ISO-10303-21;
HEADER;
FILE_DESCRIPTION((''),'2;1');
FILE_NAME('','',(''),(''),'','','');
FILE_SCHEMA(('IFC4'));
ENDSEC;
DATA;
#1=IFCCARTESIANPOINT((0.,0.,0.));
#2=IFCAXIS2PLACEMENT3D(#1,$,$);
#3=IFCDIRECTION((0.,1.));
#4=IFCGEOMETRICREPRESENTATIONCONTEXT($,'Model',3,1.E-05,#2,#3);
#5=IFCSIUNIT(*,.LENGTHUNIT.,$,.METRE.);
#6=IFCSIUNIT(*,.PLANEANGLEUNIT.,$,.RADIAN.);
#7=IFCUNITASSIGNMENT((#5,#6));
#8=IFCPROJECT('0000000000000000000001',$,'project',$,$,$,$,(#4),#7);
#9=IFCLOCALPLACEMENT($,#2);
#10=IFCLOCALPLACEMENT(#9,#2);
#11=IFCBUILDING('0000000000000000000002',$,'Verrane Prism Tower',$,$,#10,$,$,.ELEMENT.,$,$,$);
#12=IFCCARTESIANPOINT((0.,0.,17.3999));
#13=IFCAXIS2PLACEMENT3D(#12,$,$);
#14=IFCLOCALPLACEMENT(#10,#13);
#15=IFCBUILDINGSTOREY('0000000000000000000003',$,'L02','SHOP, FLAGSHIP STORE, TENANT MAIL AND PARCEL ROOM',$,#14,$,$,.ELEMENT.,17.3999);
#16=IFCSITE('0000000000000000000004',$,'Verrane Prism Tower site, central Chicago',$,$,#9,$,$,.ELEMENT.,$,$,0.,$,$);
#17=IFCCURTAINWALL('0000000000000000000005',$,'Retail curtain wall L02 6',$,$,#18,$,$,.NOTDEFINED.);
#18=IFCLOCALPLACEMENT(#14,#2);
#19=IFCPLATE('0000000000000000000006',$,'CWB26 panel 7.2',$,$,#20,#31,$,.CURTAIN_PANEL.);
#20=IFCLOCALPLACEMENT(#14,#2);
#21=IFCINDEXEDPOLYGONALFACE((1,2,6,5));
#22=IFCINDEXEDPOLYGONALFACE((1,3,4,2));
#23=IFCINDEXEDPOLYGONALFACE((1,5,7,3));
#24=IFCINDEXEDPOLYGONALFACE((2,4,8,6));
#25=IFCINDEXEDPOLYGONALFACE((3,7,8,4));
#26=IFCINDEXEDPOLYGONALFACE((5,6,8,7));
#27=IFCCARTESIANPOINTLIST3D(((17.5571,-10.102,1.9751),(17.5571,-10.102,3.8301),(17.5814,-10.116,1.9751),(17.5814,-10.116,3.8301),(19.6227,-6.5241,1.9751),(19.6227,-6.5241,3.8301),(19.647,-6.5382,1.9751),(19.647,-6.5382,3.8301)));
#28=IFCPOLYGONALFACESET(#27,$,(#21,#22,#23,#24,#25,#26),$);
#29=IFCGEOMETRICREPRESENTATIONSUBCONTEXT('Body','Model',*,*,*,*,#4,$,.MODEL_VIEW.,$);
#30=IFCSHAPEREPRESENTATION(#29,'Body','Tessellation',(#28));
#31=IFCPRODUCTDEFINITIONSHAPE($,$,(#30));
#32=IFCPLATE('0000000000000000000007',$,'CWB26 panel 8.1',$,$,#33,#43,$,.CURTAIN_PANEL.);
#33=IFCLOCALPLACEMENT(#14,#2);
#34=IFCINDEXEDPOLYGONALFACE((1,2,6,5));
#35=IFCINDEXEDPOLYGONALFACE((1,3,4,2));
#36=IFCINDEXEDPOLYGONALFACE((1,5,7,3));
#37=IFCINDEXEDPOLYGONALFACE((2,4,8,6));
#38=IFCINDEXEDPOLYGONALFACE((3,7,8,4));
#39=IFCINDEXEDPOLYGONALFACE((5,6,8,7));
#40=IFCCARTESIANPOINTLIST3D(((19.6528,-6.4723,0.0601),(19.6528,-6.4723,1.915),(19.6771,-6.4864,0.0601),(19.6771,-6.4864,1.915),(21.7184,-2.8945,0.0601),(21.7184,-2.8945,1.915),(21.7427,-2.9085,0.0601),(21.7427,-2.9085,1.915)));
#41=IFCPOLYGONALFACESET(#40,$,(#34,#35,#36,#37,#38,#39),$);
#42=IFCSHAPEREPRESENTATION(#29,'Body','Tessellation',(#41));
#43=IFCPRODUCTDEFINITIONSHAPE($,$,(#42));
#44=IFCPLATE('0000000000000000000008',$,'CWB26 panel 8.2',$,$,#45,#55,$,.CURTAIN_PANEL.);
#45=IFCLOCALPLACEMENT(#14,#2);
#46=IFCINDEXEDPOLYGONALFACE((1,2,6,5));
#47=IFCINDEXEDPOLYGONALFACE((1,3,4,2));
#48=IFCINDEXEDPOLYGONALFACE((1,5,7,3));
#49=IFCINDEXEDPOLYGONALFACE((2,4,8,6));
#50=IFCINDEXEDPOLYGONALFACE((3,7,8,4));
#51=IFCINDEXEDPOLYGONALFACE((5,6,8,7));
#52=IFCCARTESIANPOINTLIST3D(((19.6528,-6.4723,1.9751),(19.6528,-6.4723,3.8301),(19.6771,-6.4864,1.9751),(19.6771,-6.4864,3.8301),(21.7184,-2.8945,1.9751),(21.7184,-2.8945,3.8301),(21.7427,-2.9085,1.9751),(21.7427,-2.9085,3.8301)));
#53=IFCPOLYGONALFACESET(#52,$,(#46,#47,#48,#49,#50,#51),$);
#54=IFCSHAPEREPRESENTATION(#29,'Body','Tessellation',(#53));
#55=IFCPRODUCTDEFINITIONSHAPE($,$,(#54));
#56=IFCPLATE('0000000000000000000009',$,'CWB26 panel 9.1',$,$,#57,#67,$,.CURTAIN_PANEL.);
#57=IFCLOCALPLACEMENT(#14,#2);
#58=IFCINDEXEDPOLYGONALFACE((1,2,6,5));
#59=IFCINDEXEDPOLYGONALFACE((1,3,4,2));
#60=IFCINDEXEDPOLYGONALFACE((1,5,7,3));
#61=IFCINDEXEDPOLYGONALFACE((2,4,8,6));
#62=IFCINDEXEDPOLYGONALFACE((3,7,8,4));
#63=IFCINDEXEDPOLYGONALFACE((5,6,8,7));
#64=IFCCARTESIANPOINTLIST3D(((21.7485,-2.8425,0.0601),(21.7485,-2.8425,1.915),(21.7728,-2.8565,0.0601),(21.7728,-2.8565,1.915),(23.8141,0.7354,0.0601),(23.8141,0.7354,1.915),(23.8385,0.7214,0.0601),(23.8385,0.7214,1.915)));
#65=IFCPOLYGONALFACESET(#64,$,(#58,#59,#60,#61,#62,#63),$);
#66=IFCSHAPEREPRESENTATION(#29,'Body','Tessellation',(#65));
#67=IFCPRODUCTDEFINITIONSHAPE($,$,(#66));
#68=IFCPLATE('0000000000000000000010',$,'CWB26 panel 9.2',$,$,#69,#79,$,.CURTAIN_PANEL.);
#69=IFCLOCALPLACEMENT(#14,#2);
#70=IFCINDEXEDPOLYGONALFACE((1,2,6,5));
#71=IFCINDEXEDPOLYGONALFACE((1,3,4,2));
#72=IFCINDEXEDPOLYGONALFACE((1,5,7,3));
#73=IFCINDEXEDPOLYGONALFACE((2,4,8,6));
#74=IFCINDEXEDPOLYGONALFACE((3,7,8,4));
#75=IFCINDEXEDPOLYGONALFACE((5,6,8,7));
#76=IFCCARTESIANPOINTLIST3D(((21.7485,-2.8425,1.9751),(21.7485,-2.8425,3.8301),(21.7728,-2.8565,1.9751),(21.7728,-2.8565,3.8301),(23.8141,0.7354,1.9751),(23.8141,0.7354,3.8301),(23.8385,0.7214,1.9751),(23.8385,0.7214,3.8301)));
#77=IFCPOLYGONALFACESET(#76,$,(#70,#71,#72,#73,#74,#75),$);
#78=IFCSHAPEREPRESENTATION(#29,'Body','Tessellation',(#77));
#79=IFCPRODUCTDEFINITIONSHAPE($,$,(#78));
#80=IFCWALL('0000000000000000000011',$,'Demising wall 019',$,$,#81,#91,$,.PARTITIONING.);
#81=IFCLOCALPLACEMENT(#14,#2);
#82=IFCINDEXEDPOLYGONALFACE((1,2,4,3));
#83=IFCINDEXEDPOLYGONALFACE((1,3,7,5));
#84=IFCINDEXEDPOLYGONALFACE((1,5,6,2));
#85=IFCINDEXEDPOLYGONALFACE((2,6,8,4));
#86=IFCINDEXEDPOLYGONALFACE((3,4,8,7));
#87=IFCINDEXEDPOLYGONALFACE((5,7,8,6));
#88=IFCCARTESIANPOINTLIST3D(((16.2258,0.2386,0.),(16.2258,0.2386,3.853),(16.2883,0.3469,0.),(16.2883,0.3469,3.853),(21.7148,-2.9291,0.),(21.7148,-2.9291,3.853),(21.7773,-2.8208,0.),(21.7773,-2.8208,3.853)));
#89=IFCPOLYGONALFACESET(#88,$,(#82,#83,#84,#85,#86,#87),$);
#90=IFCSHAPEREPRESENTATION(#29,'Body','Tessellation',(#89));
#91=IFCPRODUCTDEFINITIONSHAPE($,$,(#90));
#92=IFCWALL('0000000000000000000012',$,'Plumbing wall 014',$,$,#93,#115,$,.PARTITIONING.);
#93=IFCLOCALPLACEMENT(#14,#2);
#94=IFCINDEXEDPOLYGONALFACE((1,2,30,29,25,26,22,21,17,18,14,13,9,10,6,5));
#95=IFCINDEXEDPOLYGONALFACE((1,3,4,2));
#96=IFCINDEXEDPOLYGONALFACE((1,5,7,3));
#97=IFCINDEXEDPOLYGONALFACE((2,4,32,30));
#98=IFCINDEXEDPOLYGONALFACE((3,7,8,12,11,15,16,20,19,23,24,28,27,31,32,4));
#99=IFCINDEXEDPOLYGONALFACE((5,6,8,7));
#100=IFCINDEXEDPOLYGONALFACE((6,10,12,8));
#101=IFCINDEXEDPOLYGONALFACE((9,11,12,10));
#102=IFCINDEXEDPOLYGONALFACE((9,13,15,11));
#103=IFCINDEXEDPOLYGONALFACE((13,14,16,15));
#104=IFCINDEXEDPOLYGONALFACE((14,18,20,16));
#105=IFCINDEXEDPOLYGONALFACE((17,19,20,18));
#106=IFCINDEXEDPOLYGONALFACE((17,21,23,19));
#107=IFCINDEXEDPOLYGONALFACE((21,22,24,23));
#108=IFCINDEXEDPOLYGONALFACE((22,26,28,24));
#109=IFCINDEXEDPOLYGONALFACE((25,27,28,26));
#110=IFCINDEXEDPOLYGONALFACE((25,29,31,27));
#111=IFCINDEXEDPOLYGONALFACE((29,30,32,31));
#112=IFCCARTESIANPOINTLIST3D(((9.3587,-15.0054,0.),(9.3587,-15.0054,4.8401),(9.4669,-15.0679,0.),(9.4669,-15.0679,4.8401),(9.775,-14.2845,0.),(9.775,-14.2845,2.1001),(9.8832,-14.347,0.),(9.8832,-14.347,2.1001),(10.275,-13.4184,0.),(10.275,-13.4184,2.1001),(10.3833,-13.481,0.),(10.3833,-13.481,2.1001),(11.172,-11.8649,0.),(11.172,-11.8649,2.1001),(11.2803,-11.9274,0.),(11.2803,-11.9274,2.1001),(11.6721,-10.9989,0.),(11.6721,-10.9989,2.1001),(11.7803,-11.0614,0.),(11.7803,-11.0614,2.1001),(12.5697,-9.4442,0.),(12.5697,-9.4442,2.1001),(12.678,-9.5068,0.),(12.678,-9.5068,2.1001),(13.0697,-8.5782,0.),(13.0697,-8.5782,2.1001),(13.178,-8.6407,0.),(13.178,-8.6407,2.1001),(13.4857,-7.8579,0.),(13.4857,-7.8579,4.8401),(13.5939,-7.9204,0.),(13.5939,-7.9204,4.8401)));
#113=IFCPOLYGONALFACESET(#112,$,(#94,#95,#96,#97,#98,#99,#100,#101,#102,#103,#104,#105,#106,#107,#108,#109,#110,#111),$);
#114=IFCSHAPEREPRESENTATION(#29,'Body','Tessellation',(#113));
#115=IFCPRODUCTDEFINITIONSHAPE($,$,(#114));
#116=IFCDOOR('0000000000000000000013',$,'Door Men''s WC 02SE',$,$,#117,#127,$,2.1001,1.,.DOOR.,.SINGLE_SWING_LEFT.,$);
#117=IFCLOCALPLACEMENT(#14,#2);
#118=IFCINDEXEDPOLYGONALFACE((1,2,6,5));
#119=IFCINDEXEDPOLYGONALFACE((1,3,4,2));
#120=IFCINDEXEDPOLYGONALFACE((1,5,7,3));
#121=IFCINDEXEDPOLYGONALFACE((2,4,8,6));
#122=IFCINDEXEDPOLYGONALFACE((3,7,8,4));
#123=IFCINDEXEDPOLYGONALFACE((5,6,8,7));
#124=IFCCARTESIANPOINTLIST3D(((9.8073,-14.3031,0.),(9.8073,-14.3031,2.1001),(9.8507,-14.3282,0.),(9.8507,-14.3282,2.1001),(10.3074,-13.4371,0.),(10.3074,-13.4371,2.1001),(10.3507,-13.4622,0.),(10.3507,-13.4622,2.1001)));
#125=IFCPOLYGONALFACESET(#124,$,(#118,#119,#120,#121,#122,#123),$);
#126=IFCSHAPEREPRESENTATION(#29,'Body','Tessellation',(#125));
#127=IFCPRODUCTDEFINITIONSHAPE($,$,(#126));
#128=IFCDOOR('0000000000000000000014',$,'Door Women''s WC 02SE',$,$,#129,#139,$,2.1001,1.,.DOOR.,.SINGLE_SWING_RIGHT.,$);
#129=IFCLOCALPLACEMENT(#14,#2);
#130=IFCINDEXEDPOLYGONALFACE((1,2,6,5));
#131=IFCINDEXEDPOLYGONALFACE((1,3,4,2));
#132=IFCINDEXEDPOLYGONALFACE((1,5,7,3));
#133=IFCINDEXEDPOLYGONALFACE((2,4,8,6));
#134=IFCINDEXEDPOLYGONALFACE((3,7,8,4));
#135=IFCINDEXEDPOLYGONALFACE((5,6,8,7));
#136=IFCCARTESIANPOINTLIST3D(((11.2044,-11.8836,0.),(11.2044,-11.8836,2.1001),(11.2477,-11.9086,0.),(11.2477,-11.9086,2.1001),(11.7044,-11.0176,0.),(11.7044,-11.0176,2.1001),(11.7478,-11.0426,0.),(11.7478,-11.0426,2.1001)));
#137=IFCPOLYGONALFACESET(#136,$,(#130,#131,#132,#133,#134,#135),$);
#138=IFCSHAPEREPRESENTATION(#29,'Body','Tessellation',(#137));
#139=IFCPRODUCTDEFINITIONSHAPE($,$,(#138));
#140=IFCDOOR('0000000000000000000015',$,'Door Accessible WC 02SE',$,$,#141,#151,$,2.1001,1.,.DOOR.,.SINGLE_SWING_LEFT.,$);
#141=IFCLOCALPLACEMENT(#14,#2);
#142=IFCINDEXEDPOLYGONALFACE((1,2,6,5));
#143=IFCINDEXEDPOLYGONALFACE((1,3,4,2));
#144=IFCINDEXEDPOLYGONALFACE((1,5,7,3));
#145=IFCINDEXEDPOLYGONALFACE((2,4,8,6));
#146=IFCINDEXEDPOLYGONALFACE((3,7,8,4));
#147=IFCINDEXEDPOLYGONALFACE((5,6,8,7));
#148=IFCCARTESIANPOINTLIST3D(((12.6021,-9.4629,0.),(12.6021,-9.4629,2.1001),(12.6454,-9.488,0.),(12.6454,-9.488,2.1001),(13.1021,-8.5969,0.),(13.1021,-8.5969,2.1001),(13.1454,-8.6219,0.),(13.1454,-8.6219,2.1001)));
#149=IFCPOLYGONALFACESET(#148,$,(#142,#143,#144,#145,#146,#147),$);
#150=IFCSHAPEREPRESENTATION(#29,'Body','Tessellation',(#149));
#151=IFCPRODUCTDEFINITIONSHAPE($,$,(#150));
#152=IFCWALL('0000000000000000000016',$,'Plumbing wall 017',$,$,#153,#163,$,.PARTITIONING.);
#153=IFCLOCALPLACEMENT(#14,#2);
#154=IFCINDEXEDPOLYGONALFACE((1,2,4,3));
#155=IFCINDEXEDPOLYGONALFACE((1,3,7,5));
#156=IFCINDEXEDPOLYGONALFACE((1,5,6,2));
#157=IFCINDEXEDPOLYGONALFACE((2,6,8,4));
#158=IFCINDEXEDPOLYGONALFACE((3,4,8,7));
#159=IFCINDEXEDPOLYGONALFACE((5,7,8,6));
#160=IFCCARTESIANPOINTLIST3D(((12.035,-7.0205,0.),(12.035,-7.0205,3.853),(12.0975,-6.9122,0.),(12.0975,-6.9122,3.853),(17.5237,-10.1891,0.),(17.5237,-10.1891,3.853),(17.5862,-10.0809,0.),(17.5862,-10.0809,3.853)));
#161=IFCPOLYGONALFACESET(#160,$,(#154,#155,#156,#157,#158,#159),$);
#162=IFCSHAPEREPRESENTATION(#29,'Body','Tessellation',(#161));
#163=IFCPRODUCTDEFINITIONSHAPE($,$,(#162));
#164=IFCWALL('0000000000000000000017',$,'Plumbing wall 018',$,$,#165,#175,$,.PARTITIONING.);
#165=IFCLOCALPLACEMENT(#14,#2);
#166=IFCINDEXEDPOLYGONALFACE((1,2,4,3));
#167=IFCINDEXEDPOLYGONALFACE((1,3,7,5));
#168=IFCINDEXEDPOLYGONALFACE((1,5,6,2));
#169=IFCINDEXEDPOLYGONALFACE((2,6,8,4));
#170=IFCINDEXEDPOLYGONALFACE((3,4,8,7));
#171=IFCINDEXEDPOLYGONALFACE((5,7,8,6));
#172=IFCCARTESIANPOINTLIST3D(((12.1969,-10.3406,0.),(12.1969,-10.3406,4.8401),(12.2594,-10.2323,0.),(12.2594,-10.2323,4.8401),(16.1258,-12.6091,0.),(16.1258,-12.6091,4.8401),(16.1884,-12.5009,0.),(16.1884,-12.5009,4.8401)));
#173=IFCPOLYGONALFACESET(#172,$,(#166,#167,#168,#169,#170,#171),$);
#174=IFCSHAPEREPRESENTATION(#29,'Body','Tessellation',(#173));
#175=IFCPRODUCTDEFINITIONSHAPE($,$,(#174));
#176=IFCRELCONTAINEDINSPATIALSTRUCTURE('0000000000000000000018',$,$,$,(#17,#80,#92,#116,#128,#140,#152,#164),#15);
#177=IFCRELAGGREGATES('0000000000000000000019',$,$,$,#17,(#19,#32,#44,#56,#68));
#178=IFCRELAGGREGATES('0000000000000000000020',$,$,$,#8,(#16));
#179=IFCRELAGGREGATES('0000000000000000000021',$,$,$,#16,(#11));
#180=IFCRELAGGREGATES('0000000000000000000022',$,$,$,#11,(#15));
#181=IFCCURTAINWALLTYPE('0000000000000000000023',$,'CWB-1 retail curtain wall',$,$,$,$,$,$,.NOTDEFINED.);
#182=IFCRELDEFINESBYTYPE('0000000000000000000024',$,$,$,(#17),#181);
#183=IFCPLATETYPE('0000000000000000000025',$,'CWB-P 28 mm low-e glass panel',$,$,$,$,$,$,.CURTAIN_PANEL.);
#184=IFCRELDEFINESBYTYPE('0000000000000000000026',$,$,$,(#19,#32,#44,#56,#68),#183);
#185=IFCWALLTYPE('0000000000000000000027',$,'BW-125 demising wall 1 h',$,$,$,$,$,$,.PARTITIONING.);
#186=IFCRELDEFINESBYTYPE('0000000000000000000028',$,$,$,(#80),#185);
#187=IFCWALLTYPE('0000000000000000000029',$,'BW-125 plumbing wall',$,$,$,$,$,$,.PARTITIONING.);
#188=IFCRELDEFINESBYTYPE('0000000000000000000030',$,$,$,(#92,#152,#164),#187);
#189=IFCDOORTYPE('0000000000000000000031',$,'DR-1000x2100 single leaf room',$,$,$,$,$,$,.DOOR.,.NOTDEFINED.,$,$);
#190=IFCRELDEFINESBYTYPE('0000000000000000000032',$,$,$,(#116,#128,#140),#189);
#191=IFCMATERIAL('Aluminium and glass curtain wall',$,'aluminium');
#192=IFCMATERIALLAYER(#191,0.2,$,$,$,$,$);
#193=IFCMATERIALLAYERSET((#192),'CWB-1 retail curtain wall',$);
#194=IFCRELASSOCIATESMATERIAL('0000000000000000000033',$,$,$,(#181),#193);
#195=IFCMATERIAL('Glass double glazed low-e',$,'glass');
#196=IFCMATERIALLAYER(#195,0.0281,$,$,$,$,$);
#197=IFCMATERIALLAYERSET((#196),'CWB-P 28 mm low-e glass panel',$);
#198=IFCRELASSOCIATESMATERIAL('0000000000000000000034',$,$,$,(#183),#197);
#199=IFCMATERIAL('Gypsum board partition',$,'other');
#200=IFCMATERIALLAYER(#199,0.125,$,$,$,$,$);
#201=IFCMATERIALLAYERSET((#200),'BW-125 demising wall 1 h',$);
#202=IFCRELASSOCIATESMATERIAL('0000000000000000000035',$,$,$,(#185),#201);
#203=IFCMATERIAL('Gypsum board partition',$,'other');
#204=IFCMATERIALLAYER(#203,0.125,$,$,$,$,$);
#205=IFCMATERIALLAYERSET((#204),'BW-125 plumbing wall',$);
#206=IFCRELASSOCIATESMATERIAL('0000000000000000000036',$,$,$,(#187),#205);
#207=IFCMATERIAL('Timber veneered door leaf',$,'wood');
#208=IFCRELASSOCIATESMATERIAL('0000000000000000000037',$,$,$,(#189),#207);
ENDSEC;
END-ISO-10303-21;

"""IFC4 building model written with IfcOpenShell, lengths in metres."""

from ifc_helpers import new_model, si_unit, direction, frame, frame_2d, origin, origin_2d, place, context, subcontext, project, spatial, rectangle, extrude, material, layer, layer_set, type_object, element, fill, aggregate, save


model = new_model("IFC4")

# Units and contexts
model_context = context("Model", 3, precision=1e-05, world=origin(), true_north=direction((0.0, 1.0)))
body_context = subcontext(model_context, "Body", "Model", "MODEL_VIEW")
ifc_project = project(units=[si_unit("LENGTHUNIT", "METRE"), si_unit("PLANEANGLEUNIT", "RADIAN")], contexts=[model_context])

# Site, building, storey
site_placement = place(None, origin())
site = spatial("IfcSite", under=ifc_project, at=site_placement, Name="Verrane Prism Tower site, central Chicago", CompositionType="ELEMENT", RefElevation=0.0)
building_placement = place(site_placement, origin())
building = spatial("IfcBuilding", under=site, at=building_placement, Name="Verrane Prism Tower", CompositionType="ELEMENT")
storey_placement = place(building_placement, frame((0.0, 0.0, 17.3999)))
storey = spatial("IfcBuildingStorey", under=building, at=storey_placement, Name="L02", Description="SHOP, FLAGSHIP STORE, TENANT MAIL AND PARCEL ROOM", CompositionType="ELEMENT", Elevation=17.3999)

# Curtain wall
ifc_material_1 = material(Name="Aluminium and glass curtain wall", Category="aluminium")
ifc_layer_1 = layer(ifc_material_1, 0.2)
ifc_layer_set_1 = layer_set([ifc_layer_1], Name="CWB-1 retail curtain wall")
curtain_wall_type = type_object("IfcCurtainWallType", Name="CWB-1 retail curtain wall", PredefinedType="NOTDEFINED", material=ifc_layer_set_1)
curtain_wall_placement = place(storey_placement, origin())
curtain_wall = element("IfcCurtainWall", 1, at=curtain_wall_placement, inside=storey, type_object=curtain_wall_type, Name="Retail curtain wall L02 6", PredefinedType="NOTDEFINED")

# Plates
ifc_material_2 = material(Name="Glass double glazed low-e", Category="glass")
ifc_layer_2 = layer(ifc_material_2, 0.0281)
ifc_layer_set_2 = layer_set([ifc_layer_2], Name="CWB-P 28 mm low-e glass panel")
plate_type = type_object("IfcPlateType", Name="CWB-P 28 mm low-e glass panel", PredefinedType="CURTAIN_PANEL", material=ifc_layer_set_2)
plate_1_placement = place(storey_placement, frame((18.6021, -8.3201, 1.9751), z_axis=(0.0, 0.0, 1.0), x_axis=(0.5, 0.866025, 0.0)))
plate_1 = element("IfcPlate", 2, at=plate_1_placement, type_object=plate_type, Name="CWB26 panel 7.2", PredefinedType="CURTAIN_PANEL", context=body_context, shape_type="SweptSolid", body=[
    extrude(rectangle(XDim=4.1313, YDim=0.0281, at=origin_2d()), origin(), (0.0, 0.0, 1.0), 1.855),
])
plate_2_placement = place(storey_placement, frame((20.6978, -4.6904, 0.0601), z_axis=(0.0, 0.0, 1.0), x_axis=(0.5, 0.866025, 0.0)))
plate_2 = element("IfcPlate", 3, at=plate_2_placement, type_object=plate_type, Name="CWB26 panel 8.1", PredefinedType="CURTAIN_PANEL", context=body_context, shape_type="SweptSolid", body=[
    extrude(rectangle(XDim=4.1313, YDim=0.0281, at=origin_2d()), origin(), (0.0, 0.0, 1.0), 1.855),
])
plate_3_placement = place(storey_placement, frame((20.6978, -4.6904, 1.9751), z_axis=(0.0, 0.0, 1.0), x_axis=(0.5, 0.866025, 0.0)))
plate_3 = element("IfcPlate", 4, at=plate_3_placement, type_object=plate_type, Name="CWB26 panel 8.2", PredefinedType="CURTAIN_PANEL", context=body_context, shape_type="SweptSolid", body=[
    extrude(rectangle(XDim=4.1313, YDim=0.0281, at=origin_2d()), origin(), (0.0, 0.0, 1.0), 1.855),
])
plate_4_placement = place(storey_placement, frame((22.7935, -1.0605, 0.0601), z_axis=(0.0, 0.0, 1.0), x_axis=(0.5, 0.866025, 0.0)))
plate_4 = element("IfcPlate", 5, at=plate_4_placement, type_object=plate_type, Name="CWB26 panel 9.1", PredefinedType="CURTAIN_PANEL", context=body_context, shape_type="SweptSolid", body=[
    extrude(rectangle(XDim=4.1313, YDim=0.0281, at=origin_2d()), origin(), (0.0, 0.0, 1.0), 1.855),
])
plate_5_placement = place(storey_placement, frame((22.7935, -1.0605, 1.9751), z_axis=(0.0, 0.0, 1.0), x_axis=(0.5, 0.866025, 0.0)))
plate_5 = element("IfcPlate", 6, at=plate_5_placement, type_object=plate_type, Name="CWB26 panel 9.2", PredefinedType="CURTAIN_PANEL", context=body_context, shape_type="SweptSolid", body=[
    extrude(rectangle(XDim=4.1313, YDim=0.0281, at=origin_2d()), origin(), (0.0, 0.0, 1.0), 1.855),
])
aggregate(curtain_wall, [plate_1, plate_2, plate_3, plate_4, plate_5])

# Wall
ifc_material_3 = material(Name="Gypsum board partition", Category="other")
ifc_layer_3 = layer(ifc_material_3, 0.125)
ifc_layer_set_3 = layer_set([ifc_layer_3], Name="BW-125 demising wall 1 h")
wall_type_1 = type_object("IfcWallType", Name="BW-125 demising wall 1 h", PredefinedType="PARTITIONING", material=ifc_layer_set_3)
wall_1_placement = place(storey_placement, frame((16.2571, 0.2927, 0.0), z_axis=(0.0, 0.0, 1.0), x_axis=(0.866118, -0.499839, 0.0)))
element("IfcWall", 7, at=wall_1_placement, inside=storey, type_object=wall_type_1, Name="Demising wall 019", PredefinedType="PARTITIONING", context=body_context, shape_type="SweptSolid", body=[
    extrude(rectangle(XDim=6.3374, YDim=0.125, at=frame_2d((3.1687, 0.0))), origin(), (0.0, 0.0, 1.0), 3.853),
])

# Wall, openings, doors
ifc_material_4 = material(Name="Gypsum board partition", Category="other")
ifc_layer_4 = layer(ifc_material_4, 0.125)
ifc_layer_set_4 = layer_set([ifc_layer_4], Name="BW-125 plumbing wall")
wall_type_2 = type_object("IfcWallType", Name="BW-125 plumbing wall", PredefinedType="PARTITIONING", material=ifc_layer_set_4)
wall_2_placement = place(storey_placement, frame((13.5398, -7.8892, 0.0), z_axis=(0.0, 0.0, 1.0), x_axis=(-0.500033, -0.866006, 0.0)))
wall_2 = element("IfcWall", 8, at=wall_2_placement, inside=storey, type_object=wall_type_2, Name="Plumbing wall 014", PredefinedType="PARTITIONING", context=body_context, shape_type="SweptSolid", body=[
    extrude(rectangle(XDim=8.2534, YDim=0.125, at=frame_2d((4.1267, 0.0))), origin(), (0.0, 0.0, 1.0), 4.8401),
])
opening_1_placement = place(wall_2_placement, frame((6.4209, 0.0, 0.0)))
opening_1 = element("IfcOpeningElement", 9, at=opening_1_placement, cuts=wall_2, PredefinedType="OPENING", context=body_context, shape_type="SweptSolid", body=[
    extrude(rectangle(XDim=1.0, YDim=2.1001, at=frame_2d((0.5, 1.05))), frame((0.0, 0.0725, 0.0), z_axis=(0.0, -1.0, 0.0), x_axis=(1.0, 0.0, 0.0)), (0.0, 0.0, 1.0), 0.145),
])
opening_2_placement = place(wall_2_placement, frame((3.627, 0.0, 0.0)))
opening_2 = element("IfcOpeningElement", 10, at=opening_2_placement, cuts=wall_2, PredefinedType="OPENING", context=body_context, shape_type="SweptSolid", body=[
    extrude(rectangle(XDim=1.0, YDim=2.1001, at=frame_2d((0.5, 1.05))), frame((0.0, 0.0725, 0.0), z_axis=(0.0, -1.0, 0.0), x_axis=(1.0, 0.0, 0.0)), (0.0, 0.0, 1.0), 0.145),
])
opening_3_placement = place(wall_2_placement, frame((0.8318, 0.0, 0.0)))
opening_3 = element("IfcOpeningElement", 11, at=opening_3_placement, cuts=wall_2, PredefinedType="OPENING", context=body_context, shape_type="SweptSolid", body=[
    extrude(rectangle(XDim=1.0, YDim=2.1001, at=frame_2d((0.5, 1.05))), frame((0.0, 0.0725, 0.0), z_axis=(0.0, -1.0, 0.0), x_axis=(1.0, 0.0, 0.0)), (0.0, 0.0, 1.0), 0.145),
])
ifc_material_5 = material(Name="Timber veneered door leaf", Category="wood")
door_type = type_object("IfcDoorType", Name="DR-1000x2100 single leaf room", OperationType="NOTDEFINED", PredefinedType="DOOR", material=ifc_material_5)
door_1_placement = place(opening_1_placement, origin())
door_1 = element("IfcDoor", 12, at=door_1_placement, inside=storey, type_object=door_type, Name="Door Men's WC 02SE", OperationType="SINGLE_SWING_LEFT", OverallHeight=2.1001, OverallWidth=1.0, PredefinedType="DOOR", context=body_context, shape_type="SweptSolid", body=[
    extrude(rectangle(XDim=1.0, YDim=2.1001, at=frame_2d((0.5, 1.05))), frame((0.0, 0.0249, 0.0), z_axis=(0.0, -1.0, 0.0), x_axis=(1.0, 0.0, 0.0)), (0.0, 0.0, 1.0), 0.05),
])
fill(opening_1, door_1)
door_2_placement = place(opening_2_placement, origin())
door_2 = element("IfcDoor", 13, at=door_2_placement, inside=storey, type_object=door_type, Name="Door Women's WC 02SE", OperationType="SINGLE_SWING_RIGHT", OverallHeight=2.1001, OverallWidth=1.0, PredefinedType="DOOR", context=body_context, shape_type="SweptSolid", body=[
    extrude(rectangle(XDim=1.0, YDim=2.1001, at=frame_2d((0.5, 1.05))), frame((0.0, 0.0249, 0.0), z_axis=(0.0, -1.0, 0.0), x_axis=(1.0, 0.0, 0.0)), (0.0, 0.0, 1.0), 0.05),
])
fill(opening_2, door_2)
door_3_placement = place(opening_3_placement, origin())
door_3 = element("IfcDoor", 14, at=door_3_placement, inside=storey, type_object=door_type, Name="Door Accessible WC 02SE", OperationType="SINGLE_SWING_LEFT", OverallHeight=2.1001, OverallWidth=1.0, PredefinedType="DOOR", context=body_context, shape_type="SweptSolid", body=[
    extrude(rectangle(XDim=1.0, YDim=2.1001, at=frame_2d((0.5, 1.05))), frame((0.0, 0.0249, 0.0), z_axis=(0.0, -1.0, 0.0), x_axis=(1.0, 0.0, 0.0)), (0.0, 0.0, 1.0), 0.05),
])
fill(opening_3, door_3)

# Walls
wall_3_placement = place(storey_placement, frame((12.0662, -6.9663, 0.0), z_axis=(0.0, 0.0, 1.0), x_axis=(0.866042, -0.499971, 0.0)))
element("IfcWall", 15, at=wall_3_placement, inside=storey, type_object=wall_type_2, Name="Plumbing wall 017", PredefinedType="PARTITIONING", context=body_context, shape_type="SweptSolid", body=[
    extrude(rectangle(XDim=6.3376, YDim=0.125, at=frame_2d((3.1689, 0.0))), origin(), (0.0, 0.0, 1.0), 3.853),
])
wall_4_placement = place(storey_placement, frame((12.228, -10.2864, 0.0), z_axis=(0.0, 0.0, 1.0), x_axis=(0.866009, -0.500028, 0.0)))
element("IfcWall", 16, at=wall_4_placement, inside=storey, type_object=wall_type_2, Name="Plumbing wall 018", PredefinedType="PARTITIONING", context=body_context, shape_type="SweptSolid", body=[
    extrude(rectangle(XDim=4.5369, YDim=0.125, at=frame_2d((2.2686, 0.0))), origin(), (0.0, 0.0, 1.0), 4.8401),
])

save(model, "model.ifc")
